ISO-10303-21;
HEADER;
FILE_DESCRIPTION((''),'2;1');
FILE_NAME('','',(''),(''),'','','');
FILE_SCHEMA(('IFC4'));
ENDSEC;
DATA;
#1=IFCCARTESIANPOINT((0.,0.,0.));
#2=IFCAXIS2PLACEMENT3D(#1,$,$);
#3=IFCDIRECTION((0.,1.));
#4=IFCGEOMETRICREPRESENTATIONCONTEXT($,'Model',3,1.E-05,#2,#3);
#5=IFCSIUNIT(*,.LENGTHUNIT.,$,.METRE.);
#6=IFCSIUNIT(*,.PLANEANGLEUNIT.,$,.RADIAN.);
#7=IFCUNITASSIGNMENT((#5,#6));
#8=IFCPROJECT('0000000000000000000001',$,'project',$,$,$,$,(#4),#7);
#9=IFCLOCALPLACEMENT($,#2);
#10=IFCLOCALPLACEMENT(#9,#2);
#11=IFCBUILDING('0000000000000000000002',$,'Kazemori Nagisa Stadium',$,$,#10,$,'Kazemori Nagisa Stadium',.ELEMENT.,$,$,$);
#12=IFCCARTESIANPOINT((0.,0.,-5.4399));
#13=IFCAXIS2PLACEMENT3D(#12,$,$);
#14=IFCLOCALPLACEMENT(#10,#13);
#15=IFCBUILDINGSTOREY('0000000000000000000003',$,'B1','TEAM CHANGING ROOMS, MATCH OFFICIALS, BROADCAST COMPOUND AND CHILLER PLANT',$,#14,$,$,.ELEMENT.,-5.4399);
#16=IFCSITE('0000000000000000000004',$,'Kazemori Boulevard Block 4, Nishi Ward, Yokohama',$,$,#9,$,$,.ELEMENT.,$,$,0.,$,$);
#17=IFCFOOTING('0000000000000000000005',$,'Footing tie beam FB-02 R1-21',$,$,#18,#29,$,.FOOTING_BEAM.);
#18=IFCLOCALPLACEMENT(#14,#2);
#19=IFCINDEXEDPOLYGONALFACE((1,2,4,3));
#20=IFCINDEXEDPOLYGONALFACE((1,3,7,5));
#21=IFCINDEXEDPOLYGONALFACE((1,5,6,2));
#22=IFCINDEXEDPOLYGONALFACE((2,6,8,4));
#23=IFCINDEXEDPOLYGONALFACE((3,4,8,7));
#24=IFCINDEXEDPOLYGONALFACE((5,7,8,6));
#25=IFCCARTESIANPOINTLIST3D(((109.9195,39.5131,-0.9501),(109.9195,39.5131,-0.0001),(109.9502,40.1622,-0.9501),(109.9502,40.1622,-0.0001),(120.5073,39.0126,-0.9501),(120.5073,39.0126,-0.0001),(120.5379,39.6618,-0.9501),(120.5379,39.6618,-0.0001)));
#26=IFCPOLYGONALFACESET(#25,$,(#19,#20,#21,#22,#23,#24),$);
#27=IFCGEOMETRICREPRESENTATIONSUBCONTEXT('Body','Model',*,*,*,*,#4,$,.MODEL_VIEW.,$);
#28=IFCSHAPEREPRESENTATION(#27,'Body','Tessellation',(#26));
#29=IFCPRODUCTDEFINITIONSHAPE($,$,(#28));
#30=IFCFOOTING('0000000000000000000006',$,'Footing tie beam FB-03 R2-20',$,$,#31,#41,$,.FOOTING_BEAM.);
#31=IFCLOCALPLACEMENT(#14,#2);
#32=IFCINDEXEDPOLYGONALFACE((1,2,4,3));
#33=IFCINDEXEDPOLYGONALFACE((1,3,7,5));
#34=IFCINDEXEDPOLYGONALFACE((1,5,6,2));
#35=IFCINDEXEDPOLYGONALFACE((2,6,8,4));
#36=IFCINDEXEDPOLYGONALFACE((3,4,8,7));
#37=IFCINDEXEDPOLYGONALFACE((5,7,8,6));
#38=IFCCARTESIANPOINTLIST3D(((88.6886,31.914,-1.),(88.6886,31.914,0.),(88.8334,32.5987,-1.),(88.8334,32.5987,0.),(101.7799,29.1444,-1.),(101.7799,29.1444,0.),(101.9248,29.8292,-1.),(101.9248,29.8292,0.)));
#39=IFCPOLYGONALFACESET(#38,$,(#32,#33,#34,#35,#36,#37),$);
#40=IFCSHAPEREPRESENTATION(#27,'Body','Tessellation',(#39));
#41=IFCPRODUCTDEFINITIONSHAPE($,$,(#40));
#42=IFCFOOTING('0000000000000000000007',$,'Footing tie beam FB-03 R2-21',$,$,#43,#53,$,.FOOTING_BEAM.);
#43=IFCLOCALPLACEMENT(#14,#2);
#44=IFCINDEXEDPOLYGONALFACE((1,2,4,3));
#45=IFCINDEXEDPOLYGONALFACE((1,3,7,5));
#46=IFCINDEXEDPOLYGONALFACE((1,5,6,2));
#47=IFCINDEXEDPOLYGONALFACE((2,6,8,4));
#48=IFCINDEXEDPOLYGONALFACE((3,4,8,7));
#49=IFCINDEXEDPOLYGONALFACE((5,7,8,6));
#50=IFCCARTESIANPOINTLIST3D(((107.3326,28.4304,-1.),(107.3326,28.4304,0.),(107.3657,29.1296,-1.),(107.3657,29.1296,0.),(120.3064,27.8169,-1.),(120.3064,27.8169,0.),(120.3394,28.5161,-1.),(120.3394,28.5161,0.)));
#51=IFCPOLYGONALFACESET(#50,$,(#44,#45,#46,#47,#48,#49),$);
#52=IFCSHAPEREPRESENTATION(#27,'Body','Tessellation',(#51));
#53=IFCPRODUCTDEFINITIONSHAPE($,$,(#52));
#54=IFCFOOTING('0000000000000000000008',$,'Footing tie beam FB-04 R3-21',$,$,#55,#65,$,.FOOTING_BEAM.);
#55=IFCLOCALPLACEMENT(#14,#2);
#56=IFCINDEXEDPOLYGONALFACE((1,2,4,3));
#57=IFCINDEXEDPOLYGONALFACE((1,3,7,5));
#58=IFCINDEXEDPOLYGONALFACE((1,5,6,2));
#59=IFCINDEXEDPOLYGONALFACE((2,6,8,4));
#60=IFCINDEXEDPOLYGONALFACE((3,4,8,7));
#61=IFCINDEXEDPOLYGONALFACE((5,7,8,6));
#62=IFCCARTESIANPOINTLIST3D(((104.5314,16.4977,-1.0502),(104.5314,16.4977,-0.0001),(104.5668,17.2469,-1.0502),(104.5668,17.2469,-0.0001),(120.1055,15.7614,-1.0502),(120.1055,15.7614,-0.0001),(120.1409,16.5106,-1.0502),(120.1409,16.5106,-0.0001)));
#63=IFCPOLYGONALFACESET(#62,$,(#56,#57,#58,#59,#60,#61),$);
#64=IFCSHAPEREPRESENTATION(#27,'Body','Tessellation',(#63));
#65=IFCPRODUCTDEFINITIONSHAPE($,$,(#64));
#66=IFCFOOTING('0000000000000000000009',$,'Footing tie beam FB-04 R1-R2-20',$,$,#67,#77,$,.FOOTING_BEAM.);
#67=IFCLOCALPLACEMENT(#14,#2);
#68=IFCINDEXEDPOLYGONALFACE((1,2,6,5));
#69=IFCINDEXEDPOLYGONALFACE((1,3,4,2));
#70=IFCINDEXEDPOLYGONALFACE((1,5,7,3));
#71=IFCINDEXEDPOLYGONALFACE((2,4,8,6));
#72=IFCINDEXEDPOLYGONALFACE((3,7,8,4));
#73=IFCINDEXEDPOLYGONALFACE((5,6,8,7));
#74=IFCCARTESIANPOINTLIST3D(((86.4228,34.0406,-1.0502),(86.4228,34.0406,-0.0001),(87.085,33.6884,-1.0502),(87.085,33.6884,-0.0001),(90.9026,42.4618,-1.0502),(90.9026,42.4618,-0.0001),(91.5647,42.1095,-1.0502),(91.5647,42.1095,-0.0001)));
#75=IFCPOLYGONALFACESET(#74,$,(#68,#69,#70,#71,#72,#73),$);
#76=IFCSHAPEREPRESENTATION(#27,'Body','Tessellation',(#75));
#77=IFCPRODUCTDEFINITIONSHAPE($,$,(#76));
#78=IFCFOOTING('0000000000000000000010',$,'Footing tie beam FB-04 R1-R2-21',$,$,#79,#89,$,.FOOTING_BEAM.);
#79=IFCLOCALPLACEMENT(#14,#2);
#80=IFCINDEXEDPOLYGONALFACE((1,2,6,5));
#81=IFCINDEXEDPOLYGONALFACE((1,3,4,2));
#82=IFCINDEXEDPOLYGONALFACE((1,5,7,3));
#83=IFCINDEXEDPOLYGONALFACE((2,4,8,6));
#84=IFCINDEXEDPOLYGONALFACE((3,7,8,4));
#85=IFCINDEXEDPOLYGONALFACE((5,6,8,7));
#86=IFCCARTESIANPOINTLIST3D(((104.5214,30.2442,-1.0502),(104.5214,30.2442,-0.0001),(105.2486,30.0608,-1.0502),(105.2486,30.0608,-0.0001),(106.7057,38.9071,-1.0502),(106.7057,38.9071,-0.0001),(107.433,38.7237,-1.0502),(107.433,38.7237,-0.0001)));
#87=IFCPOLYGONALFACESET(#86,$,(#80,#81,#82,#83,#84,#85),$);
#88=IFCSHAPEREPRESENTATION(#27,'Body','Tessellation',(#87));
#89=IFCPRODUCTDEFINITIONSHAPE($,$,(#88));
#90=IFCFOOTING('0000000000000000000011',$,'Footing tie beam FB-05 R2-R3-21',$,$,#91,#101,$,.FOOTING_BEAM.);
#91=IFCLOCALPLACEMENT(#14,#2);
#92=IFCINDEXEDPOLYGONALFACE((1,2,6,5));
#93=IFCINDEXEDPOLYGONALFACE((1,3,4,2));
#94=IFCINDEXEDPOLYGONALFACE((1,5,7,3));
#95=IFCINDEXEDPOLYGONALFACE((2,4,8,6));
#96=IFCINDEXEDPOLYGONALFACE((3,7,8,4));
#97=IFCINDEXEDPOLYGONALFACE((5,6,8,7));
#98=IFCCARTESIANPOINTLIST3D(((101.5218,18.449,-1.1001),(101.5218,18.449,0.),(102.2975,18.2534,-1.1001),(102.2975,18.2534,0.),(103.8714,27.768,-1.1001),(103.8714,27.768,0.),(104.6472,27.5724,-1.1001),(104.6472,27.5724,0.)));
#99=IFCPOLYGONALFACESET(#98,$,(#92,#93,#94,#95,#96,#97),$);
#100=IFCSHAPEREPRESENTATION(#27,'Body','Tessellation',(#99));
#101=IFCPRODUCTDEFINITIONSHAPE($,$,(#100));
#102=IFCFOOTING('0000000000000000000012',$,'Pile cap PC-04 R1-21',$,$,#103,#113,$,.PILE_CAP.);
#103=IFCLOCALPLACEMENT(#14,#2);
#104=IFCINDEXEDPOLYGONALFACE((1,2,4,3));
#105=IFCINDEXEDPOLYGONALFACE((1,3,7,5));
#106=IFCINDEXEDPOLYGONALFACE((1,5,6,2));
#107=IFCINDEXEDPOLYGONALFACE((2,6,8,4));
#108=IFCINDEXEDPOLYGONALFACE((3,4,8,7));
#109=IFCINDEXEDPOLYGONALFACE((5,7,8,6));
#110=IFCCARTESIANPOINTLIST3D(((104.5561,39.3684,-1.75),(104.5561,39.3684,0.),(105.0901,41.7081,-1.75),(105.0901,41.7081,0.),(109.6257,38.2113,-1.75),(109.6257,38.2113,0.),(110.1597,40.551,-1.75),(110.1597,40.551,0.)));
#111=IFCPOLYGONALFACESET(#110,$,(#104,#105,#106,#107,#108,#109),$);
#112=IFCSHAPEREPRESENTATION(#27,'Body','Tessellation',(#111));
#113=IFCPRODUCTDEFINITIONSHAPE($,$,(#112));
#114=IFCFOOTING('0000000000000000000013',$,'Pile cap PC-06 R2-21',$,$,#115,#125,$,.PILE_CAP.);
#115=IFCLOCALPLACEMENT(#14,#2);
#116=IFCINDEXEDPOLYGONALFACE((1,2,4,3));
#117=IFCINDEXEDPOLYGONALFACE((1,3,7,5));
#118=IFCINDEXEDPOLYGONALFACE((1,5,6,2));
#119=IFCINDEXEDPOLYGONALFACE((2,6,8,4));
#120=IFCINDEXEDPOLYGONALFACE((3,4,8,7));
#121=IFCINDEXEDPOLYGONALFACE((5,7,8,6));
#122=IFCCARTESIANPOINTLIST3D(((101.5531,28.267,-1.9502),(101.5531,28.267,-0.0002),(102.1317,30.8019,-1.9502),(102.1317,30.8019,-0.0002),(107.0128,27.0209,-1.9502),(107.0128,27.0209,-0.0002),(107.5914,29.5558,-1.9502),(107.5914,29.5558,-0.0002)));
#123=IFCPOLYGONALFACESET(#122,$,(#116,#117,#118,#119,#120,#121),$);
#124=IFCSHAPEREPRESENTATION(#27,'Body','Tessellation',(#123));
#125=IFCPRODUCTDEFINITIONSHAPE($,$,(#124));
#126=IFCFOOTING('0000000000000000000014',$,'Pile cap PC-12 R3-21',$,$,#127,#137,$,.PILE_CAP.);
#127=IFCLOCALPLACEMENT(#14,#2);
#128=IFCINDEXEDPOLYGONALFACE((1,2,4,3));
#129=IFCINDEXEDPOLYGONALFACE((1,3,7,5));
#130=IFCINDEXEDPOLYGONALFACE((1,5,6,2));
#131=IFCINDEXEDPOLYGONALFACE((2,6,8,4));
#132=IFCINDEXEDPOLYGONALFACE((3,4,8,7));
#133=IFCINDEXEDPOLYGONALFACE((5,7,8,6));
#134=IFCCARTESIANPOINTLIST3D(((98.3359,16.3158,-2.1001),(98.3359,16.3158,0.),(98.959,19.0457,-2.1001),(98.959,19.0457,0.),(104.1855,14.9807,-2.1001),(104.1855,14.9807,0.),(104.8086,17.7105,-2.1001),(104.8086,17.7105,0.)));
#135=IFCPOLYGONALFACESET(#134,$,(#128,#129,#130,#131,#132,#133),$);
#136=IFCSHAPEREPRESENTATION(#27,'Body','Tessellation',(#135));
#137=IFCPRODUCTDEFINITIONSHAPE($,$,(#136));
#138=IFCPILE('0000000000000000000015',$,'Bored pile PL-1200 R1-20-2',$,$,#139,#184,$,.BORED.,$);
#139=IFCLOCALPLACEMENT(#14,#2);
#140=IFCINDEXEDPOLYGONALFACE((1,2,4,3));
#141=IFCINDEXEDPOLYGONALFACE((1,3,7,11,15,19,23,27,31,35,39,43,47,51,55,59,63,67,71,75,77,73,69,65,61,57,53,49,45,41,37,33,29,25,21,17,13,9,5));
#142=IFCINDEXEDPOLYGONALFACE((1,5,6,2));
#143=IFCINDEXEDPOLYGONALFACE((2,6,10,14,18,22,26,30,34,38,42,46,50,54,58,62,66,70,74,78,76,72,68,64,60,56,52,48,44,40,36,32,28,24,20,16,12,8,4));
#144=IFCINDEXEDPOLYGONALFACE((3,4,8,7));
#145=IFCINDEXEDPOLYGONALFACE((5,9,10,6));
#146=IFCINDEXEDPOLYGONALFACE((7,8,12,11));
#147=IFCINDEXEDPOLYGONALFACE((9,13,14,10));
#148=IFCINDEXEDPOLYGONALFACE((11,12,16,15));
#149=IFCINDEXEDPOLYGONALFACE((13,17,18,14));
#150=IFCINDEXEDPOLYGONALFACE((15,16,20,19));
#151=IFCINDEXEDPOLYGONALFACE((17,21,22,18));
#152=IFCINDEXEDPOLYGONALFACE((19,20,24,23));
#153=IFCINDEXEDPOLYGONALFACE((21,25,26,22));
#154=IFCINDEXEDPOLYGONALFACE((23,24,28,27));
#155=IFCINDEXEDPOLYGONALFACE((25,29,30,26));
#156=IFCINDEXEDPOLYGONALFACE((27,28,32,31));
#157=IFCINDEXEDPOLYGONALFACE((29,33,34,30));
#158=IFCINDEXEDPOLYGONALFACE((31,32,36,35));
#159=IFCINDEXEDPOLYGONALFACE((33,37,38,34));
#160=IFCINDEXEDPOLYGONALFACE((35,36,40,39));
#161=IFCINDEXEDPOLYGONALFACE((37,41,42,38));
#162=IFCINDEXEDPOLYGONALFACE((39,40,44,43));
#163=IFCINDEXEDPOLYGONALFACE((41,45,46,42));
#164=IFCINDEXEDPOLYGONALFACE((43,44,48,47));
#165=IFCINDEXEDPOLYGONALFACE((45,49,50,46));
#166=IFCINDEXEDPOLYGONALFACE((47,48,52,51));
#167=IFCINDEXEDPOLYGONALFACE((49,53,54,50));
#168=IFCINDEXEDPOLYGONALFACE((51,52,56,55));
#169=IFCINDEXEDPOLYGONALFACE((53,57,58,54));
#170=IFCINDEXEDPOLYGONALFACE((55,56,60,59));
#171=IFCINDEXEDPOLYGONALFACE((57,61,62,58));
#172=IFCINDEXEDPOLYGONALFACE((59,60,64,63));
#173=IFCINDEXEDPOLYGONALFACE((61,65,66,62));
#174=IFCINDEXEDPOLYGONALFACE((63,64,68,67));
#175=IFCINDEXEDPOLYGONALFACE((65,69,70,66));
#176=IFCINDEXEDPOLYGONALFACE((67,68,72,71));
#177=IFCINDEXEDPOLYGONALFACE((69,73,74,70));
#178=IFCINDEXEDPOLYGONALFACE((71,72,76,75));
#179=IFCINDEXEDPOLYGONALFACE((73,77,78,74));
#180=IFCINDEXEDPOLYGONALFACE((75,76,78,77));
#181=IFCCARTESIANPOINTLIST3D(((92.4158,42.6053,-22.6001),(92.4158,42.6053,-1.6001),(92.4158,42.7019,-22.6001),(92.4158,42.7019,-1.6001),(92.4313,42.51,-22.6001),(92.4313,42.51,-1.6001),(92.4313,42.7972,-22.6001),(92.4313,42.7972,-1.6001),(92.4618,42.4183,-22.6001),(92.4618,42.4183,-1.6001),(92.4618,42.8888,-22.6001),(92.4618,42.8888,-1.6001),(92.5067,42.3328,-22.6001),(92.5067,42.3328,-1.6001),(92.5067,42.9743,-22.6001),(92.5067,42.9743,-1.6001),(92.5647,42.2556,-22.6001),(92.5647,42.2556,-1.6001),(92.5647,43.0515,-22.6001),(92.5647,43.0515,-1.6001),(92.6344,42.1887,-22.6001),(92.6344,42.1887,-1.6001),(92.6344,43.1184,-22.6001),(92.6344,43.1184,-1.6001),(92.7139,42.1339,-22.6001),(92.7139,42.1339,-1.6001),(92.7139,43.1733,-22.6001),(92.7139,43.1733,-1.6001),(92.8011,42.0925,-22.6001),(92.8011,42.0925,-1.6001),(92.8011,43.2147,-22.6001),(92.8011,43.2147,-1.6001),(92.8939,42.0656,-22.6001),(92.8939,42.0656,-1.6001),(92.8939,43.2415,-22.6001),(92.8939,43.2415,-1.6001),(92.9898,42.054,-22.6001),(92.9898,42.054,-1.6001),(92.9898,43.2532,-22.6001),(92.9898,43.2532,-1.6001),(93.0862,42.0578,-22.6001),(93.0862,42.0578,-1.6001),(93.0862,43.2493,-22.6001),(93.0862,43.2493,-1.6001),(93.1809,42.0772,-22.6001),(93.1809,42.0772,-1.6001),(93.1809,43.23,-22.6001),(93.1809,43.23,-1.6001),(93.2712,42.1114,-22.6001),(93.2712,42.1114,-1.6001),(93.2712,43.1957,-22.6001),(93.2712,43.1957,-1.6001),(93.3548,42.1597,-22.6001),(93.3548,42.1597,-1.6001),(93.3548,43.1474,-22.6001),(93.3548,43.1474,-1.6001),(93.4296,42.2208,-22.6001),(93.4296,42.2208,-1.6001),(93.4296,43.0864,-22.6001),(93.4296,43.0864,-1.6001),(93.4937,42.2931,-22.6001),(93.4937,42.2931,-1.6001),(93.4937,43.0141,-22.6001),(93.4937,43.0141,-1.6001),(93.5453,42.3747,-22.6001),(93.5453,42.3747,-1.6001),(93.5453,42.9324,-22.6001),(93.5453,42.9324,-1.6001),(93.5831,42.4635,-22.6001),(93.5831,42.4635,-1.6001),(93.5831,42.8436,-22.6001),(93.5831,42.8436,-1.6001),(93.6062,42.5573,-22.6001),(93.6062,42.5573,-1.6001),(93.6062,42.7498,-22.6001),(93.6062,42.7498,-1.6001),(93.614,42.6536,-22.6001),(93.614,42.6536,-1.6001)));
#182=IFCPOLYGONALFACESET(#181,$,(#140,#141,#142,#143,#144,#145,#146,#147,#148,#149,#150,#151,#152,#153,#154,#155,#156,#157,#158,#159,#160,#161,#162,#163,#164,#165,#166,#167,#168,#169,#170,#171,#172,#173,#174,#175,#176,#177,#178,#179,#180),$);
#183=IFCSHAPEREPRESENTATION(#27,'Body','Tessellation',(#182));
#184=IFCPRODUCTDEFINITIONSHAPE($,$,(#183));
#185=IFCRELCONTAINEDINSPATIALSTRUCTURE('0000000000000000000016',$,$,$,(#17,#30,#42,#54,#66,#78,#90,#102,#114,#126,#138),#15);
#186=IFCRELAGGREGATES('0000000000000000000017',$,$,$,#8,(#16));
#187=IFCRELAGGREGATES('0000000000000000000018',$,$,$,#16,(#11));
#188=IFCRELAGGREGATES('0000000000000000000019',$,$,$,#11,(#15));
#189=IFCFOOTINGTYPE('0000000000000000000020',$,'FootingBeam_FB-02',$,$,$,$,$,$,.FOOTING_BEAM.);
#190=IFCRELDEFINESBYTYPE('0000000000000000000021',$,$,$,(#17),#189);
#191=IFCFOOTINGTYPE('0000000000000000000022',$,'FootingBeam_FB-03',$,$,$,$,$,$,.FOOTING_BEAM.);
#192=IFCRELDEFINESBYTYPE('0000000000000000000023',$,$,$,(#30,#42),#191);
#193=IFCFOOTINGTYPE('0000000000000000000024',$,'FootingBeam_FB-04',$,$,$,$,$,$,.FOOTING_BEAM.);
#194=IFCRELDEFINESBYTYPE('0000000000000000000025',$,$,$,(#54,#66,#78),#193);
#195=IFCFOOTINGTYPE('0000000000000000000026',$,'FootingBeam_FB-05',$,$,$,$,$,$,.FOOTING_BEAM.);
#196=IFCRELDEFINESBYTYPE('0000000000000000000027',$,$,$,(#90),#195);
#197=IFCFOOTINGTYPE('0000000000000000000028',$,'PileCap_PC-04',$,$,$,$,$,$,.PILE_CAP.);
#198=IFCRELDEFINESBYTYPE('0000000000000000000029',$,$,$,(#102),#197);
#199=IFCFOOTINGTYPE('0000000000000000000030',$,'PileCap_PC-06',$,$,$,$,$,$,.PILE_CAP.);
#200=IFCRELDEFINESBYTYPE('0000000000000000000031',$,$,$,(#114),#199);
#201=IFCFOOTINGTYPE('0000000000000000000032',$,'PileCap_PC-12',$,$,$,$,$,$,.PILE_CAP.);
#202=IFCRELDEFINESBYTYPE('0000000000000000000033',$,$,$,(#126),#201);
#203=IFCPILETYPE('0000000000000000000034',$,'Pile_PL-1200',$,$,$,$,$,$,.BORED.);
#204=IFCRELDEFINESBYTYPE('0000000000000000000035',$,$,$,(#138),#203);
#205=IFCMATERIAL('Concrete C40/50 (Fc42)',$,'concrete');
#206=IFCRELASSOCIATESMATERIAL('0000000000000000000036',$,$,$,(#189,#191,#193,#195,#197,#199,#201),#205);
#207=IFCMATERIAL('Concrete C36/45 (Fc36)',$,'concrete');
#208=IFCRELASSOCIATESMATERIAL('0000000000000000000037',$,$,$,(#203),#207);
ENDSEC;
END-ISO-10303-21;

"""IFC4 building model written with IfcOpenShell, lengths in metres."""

from ifc_helpers import new_model, si_unit, direction, frame, origin, origin_2d, place, context, subcontext, project, spatial, rectangle, circle, extrude, material, material_profile, profile_set, type_object, element, save


model = new_model("IFC4")

# Units and contexts
model_context = context("Model", 3, precision=1e-05, world=origin(), true_north=direction((0.0, 1.0)))
body_context = subcontext(model_context, "Body", "Model", "MODEL_VIEW")
ifc_project = project(units=[si_unit("LENGTHUNIT", "METRE"), si_unit("PLANEANGLEUNIT", "RADIAN")], contexts=[model_context])

# Site, building, storey
site_placement = place(None, origin())
site = spatial("IfcSite", under=ifc_project, at=site_placement, Name="Kazemori Boulevard Block 4, Nishi Ward, Yokohama", CompositionType="ELEMENT", RefElevation=0.0)
building_placement = place(site_placement, origin())
building = spatial("IfcBuilding", under=site, at=building_placement, Name="Kazemori Nagisa Stadium", LongName="Kazemori Nagisa Stadium", CompositionType="ELEMENT")
storey_placement = place(building_placement, frame((0.0, 0.0, -5.4399)))
storey = spatial("IfcBuildingStorey", under=building, at=storey_placement, Name="B1", Description="TEAM CHANGING ROOMS, MATCH OFFICIALS, BROADCAST COMPOUND AND CHILLER PLANT", CompositionType="ELEMENT", Elevation=-5.4399)

# Footings
ifc_material_1 = material(Name="Concrete C40/50 (Fc42)", Category="concrete")
ifc_material_profile_1 = material_profile(ifc_material_1, rectangle(XDim=0.6499, YDim=0.95, at=origin_2d()), Name="RC-FB-650x950")
ifc_profile_set_1 = profile_set([ifc_material_profile_1], Name="Concrete C40/50 (Fc42)")
footing_type_1 = type_object("IfcFootingType", Name="FootingBeam_FB-02", PredefinedType="FOOTING_BEAM", material=ifc_profile_set_1)
footing_1_placement = place(storey_placement, frame((109.9348, 39.8376, -0.4751), z_axis=(0.998885, -0.047217, 0.0), x_axis=(0.047217, 0.998885, 0.0)))
element("IfcFooting", 1, at=footing_1_placement, inside=storey, type_object=footing_type_1, Name="Footing tie beam FB-02 R1-21", PredefinedType="FOOTING_BEAM", context=body_context, shape_type="SweptSolid", body=[
    extrude(rectangle(XDim=0.6499, YDim=0.95, at=origin_2d()), origin(), (0.0, 0.0, 1.0), 10.5996),
])
ifc_material_profile_2 = material_profile(ifc_material_1, rectangle(XDim=0.7, YDim=1.0, at=origin_2d()), Name="RC-FB-700x1000")
ifc_profile_set_2 = profile_set([ifc_material_profile_2], Name="Concrete C40/50 (Fc42)")
footing_type_2 = type_object("IfcFootingType", Name="FootingBeam_FB-03", PredefinedType="FOOTING_BEAM", material=ifc_profile_set_2)
footing_2_placement = place(storey_placement, frame((88.761, 32.2563, -0.5), z_axis=(0.978346, -0.206974, 0.0), x_axis=(0.206974, 0.978346, 0.0)))
element("IfcFooting", 2, at=footing_2_placement, inside=storey, type_object=footing_type_2, Name="Footing tie beam FB-03 R2-20", PredefinedType="FOOTING_BEAM", context=body_context, shape_type="SweptSolid", body=[
    extrude(rectangle(XDim=0.7, YDim=1.0, at=origin_2d()), origin(), (0.0, 0.0, 1.0), 13.3811),
])
footing_3_placement = place(storey_placement, frame((107.3491, 28.78, -0.5), z_axis=(0.998884, -0.047236, 0.0), x_axis=(0.047236, 0.998884, 0.0)))
element("IfcFooting", 3, at=footing_3_placement, inside=storey, type_object=footing_type_2, Name="Footing tie beam FB-03 R2-21", PredefinedType="FOOTING_BEAM", context=body_context, shape_type="SweptSolid", body=[
    extrude(rectangle(XDim=0.7, YDim=1.0, at=origin_2d()), origin(), (0.0, 0.0, 1.0), 12.9883),
])
ifc_material_profile_3 = material_profile(ifc_material_1, rectangle(XDim=0.75, YDim=1.05, at=origin_2d()), Name="RC-FB-750x1050")
ifc_profile_set_3 = profile_set([ifc_material_profile_3], Name="Concrete C40/50 (Fc42)")
footing_type_3 = type_object("IfcFootingType", Name="FootingBeam_FB-04", PredefinedType="FOOTING_BEAM", material=ifc_profile_set_3)
footing_4_placement = place(storey_placement, frame((104.5491, 16.8723, -0.5251), z_axis=(0.998884, -0.047226, 0.0), x_axis=(0.047226, 0.998884, 0.0)))
element("IfcFooting", 4, at=footing_4_placement, inside=storey, type_object=footing_type_3, Name="Footing tie beam FB-04 R3-21", PredefinedType="FOOTING_BEAM", context=body_context, shape_type="SweptSolid", body=[
    extrude(rectangle(XDim=0.75, YDim=1.05, at=origin_2d()), origin(), (0.0, 0.0, 1.0), 15.5916),
])
footing_5_placement = place(storey_placement, frame((91.2336, 42.2856, -0.5251), z_axis=(-0.469646, -0.882855, 0.0), x_axis=(0.882855, -0.469646, 0.0)))
element("IfcFooting", 5, at=footing_5_placement, inside=storey, type_object=footing_type_3, Name="Footing tie beam FB-04 R1-R2-20", PredefinedType="FOOTING_BEAM", context=body_context, shape_type="SweptSolid", body=[
    extrude(rectangle(XDim=0.75, YDim=1.05, at=origin_2d()), origin(), (0.0, 0.0, 1.0), 9.5386),
])
footing_6_placement = place(storey_placement, frame((107.0693, 38.8154, -0.5251), z_axis=(-0.244496, -0.96965, 0.0), x_axis=(0.96965, -0.244496, 0.0)))
element("IfcFooting", 6, at=footing_6_placement, inside=storey, type_object=footing_type_3, Name="Footing tie beam FB-04 R1-R2-21", PredefinedType="FOOTING_BEAM", context=body_context, shape_type="SweptSolid", body=[
    extrude(rectangle(XDim=0.75, YDim=1.05, at=origin_2d()), origin(), (0.0, 0.0, 1.0), 8.9341),
])
ifc_material_profile_4 = material_profile(ifc_material_1, rectangle(XDim=0.8, YDim=1.1001, at=origin_2d()), Name="RC-FB-800x1100")
ifc_profile_set_4 = profile_set([ifc_material_profile_4], Name="Concrete C40/50 (Fc42)")
footing_type_4 = type_object("IfcFootingType", Name="FootingBeam_FB-05", PredefinedType="FOOTING_BEAM", material=ifc_profile_set_4)
footing_7_placement = place(storey_placement, frame((104.2593, 27.6702, -0.55), z_axis=(-0.244484, -0.969653, 0.0), x_axis=(0.969653, -0.244484, 0.0)))
element("IfcFooting", 7, at=footing_7_placement, inside=storey, type_object=footing_type_4, Name="Footing tie beam FB-05 R2-R3-21", PredefinedType="FOOTING_BEAM", context=body_context, shape_type="SweptSolid", body=[
    extrude(rectangle(XDim=0.8, YDim=1.1001, at=origin_2d()), origin(), (0.0, 0.0, 1.0), 9.6106),
])
footing_type_5 = type_object("IfcFootingType", Name="PileCap_PC-04", PredefinedType="PILE_CAP", material=ifc_material_1)
footing_8_placement = place(storey_placement, frame((107.3579, 39.9597, -1.75), z_axis=(0.0, 0.0, 1.0), x_axis=(0.974928, -0.222521, 0.0)))
element("IfcFooting", 8, at=footing_8_placement, inside=storey, type_object=footing_type_5, Name="Pile cap PC-04 R1-21", PredefinedType="PILE_CAP", context=body_context, shape_type="SweptSolid", body=[
    extrude(rectangle(XDim=5.2, YDim=2.3999, at=origin_2d()), origin(), (0.0, 0.0, 1.0), 1.75),
])
footing_type_6 = type_object("IfcFootingType", Name="PileCap_PC-06", PredefinedType="PILE_CAP", material=ifc_material_1)
footing_9_placement = place(storey_placement, frame((104.5723, 28.9114, -1.9502), z_axis=(0.0, 0.0, 1.0), x_axis=(0.974928, -0.222521, 0.0)))
element("IfcFooting", 9, at=footing_9_placement, inside=storey, type_object=footing_type_6, Name="Pile cap PC-06 R2-21", PredefinedType="PILE_CAP", context=body_context, shape_type="SweptSolid", body=[
    extrude(rectangle(XDim=5.6001, YDim=2.6001, at=origin_2d()), origin(), (0.0, 0.0, 1.0), 1.95),
])
footing_type_7 = type_object("IfcFootingType", Name="PileCap_PC-12", PredefinedType="PILE_CAP", material=ifc_material_1)
footing_10_placement = place(storey_placement, frame((101.5723, 17.0132, -2.1001), z_axis=(0.0, 0.0, 1.0), x_axis=(0.974928, -0.222521, 0.0)))
element("IfcFooting", 10, at=footing_10_placement, inside=storey, type_object=footing_type_7, Name="Pile cap PC-12 R3-21", PredefinedType="PILE_CAP", context=body_context, shape_type="SweptSolid", body=[
    extrude(rectangle(XDim=6.0, YDim=2.8, at=origin_2d()), origin(), (0.0, 0.0, 1.0), 2.1001),
])

# Pile
ifc_material_2 = material(Name="Concrete C36/45 (Fc36)", Category="concrete")
ifc_material_profile_5 = material_profile(ifc_material_2, circle(Radius=0.6001, at=origin_2d()), Name="PILE-D1200")
ifc_profile_set_5 = profile_set([ifc_material_profile_5], Name="Concrete C36/45 (Fc36)")
pile_type_1 = type_object("IfcPileType", Name="Pile_PL-1200", PredefinedType="BORED", material=ifc_profile_set_5)
for number, where, z_axis, x_axis, name in (
    (11, (93.0139, 42.6536, -1.6001), (0.0, 0.0, -1.0), (1.0, 0.0, 0.0), "Bored pile PL-1200 R1-20-2"),
):
    element("IfcPile", number, at=place(storey_placement, frame(where, z_axis=z_axis, x_axis=x_axis)), inside=storey, type_object=pile_type_1, Name=name, PredefinedType="BORED", context=body_context, shape_type="SweptSolid", body=[
        extrude(circle(Radius=0.6001, at=origin_2d()), origin(), (0.0, 0.0, 1.0), 21.0),
    ])

save(model, "model.ifc")
